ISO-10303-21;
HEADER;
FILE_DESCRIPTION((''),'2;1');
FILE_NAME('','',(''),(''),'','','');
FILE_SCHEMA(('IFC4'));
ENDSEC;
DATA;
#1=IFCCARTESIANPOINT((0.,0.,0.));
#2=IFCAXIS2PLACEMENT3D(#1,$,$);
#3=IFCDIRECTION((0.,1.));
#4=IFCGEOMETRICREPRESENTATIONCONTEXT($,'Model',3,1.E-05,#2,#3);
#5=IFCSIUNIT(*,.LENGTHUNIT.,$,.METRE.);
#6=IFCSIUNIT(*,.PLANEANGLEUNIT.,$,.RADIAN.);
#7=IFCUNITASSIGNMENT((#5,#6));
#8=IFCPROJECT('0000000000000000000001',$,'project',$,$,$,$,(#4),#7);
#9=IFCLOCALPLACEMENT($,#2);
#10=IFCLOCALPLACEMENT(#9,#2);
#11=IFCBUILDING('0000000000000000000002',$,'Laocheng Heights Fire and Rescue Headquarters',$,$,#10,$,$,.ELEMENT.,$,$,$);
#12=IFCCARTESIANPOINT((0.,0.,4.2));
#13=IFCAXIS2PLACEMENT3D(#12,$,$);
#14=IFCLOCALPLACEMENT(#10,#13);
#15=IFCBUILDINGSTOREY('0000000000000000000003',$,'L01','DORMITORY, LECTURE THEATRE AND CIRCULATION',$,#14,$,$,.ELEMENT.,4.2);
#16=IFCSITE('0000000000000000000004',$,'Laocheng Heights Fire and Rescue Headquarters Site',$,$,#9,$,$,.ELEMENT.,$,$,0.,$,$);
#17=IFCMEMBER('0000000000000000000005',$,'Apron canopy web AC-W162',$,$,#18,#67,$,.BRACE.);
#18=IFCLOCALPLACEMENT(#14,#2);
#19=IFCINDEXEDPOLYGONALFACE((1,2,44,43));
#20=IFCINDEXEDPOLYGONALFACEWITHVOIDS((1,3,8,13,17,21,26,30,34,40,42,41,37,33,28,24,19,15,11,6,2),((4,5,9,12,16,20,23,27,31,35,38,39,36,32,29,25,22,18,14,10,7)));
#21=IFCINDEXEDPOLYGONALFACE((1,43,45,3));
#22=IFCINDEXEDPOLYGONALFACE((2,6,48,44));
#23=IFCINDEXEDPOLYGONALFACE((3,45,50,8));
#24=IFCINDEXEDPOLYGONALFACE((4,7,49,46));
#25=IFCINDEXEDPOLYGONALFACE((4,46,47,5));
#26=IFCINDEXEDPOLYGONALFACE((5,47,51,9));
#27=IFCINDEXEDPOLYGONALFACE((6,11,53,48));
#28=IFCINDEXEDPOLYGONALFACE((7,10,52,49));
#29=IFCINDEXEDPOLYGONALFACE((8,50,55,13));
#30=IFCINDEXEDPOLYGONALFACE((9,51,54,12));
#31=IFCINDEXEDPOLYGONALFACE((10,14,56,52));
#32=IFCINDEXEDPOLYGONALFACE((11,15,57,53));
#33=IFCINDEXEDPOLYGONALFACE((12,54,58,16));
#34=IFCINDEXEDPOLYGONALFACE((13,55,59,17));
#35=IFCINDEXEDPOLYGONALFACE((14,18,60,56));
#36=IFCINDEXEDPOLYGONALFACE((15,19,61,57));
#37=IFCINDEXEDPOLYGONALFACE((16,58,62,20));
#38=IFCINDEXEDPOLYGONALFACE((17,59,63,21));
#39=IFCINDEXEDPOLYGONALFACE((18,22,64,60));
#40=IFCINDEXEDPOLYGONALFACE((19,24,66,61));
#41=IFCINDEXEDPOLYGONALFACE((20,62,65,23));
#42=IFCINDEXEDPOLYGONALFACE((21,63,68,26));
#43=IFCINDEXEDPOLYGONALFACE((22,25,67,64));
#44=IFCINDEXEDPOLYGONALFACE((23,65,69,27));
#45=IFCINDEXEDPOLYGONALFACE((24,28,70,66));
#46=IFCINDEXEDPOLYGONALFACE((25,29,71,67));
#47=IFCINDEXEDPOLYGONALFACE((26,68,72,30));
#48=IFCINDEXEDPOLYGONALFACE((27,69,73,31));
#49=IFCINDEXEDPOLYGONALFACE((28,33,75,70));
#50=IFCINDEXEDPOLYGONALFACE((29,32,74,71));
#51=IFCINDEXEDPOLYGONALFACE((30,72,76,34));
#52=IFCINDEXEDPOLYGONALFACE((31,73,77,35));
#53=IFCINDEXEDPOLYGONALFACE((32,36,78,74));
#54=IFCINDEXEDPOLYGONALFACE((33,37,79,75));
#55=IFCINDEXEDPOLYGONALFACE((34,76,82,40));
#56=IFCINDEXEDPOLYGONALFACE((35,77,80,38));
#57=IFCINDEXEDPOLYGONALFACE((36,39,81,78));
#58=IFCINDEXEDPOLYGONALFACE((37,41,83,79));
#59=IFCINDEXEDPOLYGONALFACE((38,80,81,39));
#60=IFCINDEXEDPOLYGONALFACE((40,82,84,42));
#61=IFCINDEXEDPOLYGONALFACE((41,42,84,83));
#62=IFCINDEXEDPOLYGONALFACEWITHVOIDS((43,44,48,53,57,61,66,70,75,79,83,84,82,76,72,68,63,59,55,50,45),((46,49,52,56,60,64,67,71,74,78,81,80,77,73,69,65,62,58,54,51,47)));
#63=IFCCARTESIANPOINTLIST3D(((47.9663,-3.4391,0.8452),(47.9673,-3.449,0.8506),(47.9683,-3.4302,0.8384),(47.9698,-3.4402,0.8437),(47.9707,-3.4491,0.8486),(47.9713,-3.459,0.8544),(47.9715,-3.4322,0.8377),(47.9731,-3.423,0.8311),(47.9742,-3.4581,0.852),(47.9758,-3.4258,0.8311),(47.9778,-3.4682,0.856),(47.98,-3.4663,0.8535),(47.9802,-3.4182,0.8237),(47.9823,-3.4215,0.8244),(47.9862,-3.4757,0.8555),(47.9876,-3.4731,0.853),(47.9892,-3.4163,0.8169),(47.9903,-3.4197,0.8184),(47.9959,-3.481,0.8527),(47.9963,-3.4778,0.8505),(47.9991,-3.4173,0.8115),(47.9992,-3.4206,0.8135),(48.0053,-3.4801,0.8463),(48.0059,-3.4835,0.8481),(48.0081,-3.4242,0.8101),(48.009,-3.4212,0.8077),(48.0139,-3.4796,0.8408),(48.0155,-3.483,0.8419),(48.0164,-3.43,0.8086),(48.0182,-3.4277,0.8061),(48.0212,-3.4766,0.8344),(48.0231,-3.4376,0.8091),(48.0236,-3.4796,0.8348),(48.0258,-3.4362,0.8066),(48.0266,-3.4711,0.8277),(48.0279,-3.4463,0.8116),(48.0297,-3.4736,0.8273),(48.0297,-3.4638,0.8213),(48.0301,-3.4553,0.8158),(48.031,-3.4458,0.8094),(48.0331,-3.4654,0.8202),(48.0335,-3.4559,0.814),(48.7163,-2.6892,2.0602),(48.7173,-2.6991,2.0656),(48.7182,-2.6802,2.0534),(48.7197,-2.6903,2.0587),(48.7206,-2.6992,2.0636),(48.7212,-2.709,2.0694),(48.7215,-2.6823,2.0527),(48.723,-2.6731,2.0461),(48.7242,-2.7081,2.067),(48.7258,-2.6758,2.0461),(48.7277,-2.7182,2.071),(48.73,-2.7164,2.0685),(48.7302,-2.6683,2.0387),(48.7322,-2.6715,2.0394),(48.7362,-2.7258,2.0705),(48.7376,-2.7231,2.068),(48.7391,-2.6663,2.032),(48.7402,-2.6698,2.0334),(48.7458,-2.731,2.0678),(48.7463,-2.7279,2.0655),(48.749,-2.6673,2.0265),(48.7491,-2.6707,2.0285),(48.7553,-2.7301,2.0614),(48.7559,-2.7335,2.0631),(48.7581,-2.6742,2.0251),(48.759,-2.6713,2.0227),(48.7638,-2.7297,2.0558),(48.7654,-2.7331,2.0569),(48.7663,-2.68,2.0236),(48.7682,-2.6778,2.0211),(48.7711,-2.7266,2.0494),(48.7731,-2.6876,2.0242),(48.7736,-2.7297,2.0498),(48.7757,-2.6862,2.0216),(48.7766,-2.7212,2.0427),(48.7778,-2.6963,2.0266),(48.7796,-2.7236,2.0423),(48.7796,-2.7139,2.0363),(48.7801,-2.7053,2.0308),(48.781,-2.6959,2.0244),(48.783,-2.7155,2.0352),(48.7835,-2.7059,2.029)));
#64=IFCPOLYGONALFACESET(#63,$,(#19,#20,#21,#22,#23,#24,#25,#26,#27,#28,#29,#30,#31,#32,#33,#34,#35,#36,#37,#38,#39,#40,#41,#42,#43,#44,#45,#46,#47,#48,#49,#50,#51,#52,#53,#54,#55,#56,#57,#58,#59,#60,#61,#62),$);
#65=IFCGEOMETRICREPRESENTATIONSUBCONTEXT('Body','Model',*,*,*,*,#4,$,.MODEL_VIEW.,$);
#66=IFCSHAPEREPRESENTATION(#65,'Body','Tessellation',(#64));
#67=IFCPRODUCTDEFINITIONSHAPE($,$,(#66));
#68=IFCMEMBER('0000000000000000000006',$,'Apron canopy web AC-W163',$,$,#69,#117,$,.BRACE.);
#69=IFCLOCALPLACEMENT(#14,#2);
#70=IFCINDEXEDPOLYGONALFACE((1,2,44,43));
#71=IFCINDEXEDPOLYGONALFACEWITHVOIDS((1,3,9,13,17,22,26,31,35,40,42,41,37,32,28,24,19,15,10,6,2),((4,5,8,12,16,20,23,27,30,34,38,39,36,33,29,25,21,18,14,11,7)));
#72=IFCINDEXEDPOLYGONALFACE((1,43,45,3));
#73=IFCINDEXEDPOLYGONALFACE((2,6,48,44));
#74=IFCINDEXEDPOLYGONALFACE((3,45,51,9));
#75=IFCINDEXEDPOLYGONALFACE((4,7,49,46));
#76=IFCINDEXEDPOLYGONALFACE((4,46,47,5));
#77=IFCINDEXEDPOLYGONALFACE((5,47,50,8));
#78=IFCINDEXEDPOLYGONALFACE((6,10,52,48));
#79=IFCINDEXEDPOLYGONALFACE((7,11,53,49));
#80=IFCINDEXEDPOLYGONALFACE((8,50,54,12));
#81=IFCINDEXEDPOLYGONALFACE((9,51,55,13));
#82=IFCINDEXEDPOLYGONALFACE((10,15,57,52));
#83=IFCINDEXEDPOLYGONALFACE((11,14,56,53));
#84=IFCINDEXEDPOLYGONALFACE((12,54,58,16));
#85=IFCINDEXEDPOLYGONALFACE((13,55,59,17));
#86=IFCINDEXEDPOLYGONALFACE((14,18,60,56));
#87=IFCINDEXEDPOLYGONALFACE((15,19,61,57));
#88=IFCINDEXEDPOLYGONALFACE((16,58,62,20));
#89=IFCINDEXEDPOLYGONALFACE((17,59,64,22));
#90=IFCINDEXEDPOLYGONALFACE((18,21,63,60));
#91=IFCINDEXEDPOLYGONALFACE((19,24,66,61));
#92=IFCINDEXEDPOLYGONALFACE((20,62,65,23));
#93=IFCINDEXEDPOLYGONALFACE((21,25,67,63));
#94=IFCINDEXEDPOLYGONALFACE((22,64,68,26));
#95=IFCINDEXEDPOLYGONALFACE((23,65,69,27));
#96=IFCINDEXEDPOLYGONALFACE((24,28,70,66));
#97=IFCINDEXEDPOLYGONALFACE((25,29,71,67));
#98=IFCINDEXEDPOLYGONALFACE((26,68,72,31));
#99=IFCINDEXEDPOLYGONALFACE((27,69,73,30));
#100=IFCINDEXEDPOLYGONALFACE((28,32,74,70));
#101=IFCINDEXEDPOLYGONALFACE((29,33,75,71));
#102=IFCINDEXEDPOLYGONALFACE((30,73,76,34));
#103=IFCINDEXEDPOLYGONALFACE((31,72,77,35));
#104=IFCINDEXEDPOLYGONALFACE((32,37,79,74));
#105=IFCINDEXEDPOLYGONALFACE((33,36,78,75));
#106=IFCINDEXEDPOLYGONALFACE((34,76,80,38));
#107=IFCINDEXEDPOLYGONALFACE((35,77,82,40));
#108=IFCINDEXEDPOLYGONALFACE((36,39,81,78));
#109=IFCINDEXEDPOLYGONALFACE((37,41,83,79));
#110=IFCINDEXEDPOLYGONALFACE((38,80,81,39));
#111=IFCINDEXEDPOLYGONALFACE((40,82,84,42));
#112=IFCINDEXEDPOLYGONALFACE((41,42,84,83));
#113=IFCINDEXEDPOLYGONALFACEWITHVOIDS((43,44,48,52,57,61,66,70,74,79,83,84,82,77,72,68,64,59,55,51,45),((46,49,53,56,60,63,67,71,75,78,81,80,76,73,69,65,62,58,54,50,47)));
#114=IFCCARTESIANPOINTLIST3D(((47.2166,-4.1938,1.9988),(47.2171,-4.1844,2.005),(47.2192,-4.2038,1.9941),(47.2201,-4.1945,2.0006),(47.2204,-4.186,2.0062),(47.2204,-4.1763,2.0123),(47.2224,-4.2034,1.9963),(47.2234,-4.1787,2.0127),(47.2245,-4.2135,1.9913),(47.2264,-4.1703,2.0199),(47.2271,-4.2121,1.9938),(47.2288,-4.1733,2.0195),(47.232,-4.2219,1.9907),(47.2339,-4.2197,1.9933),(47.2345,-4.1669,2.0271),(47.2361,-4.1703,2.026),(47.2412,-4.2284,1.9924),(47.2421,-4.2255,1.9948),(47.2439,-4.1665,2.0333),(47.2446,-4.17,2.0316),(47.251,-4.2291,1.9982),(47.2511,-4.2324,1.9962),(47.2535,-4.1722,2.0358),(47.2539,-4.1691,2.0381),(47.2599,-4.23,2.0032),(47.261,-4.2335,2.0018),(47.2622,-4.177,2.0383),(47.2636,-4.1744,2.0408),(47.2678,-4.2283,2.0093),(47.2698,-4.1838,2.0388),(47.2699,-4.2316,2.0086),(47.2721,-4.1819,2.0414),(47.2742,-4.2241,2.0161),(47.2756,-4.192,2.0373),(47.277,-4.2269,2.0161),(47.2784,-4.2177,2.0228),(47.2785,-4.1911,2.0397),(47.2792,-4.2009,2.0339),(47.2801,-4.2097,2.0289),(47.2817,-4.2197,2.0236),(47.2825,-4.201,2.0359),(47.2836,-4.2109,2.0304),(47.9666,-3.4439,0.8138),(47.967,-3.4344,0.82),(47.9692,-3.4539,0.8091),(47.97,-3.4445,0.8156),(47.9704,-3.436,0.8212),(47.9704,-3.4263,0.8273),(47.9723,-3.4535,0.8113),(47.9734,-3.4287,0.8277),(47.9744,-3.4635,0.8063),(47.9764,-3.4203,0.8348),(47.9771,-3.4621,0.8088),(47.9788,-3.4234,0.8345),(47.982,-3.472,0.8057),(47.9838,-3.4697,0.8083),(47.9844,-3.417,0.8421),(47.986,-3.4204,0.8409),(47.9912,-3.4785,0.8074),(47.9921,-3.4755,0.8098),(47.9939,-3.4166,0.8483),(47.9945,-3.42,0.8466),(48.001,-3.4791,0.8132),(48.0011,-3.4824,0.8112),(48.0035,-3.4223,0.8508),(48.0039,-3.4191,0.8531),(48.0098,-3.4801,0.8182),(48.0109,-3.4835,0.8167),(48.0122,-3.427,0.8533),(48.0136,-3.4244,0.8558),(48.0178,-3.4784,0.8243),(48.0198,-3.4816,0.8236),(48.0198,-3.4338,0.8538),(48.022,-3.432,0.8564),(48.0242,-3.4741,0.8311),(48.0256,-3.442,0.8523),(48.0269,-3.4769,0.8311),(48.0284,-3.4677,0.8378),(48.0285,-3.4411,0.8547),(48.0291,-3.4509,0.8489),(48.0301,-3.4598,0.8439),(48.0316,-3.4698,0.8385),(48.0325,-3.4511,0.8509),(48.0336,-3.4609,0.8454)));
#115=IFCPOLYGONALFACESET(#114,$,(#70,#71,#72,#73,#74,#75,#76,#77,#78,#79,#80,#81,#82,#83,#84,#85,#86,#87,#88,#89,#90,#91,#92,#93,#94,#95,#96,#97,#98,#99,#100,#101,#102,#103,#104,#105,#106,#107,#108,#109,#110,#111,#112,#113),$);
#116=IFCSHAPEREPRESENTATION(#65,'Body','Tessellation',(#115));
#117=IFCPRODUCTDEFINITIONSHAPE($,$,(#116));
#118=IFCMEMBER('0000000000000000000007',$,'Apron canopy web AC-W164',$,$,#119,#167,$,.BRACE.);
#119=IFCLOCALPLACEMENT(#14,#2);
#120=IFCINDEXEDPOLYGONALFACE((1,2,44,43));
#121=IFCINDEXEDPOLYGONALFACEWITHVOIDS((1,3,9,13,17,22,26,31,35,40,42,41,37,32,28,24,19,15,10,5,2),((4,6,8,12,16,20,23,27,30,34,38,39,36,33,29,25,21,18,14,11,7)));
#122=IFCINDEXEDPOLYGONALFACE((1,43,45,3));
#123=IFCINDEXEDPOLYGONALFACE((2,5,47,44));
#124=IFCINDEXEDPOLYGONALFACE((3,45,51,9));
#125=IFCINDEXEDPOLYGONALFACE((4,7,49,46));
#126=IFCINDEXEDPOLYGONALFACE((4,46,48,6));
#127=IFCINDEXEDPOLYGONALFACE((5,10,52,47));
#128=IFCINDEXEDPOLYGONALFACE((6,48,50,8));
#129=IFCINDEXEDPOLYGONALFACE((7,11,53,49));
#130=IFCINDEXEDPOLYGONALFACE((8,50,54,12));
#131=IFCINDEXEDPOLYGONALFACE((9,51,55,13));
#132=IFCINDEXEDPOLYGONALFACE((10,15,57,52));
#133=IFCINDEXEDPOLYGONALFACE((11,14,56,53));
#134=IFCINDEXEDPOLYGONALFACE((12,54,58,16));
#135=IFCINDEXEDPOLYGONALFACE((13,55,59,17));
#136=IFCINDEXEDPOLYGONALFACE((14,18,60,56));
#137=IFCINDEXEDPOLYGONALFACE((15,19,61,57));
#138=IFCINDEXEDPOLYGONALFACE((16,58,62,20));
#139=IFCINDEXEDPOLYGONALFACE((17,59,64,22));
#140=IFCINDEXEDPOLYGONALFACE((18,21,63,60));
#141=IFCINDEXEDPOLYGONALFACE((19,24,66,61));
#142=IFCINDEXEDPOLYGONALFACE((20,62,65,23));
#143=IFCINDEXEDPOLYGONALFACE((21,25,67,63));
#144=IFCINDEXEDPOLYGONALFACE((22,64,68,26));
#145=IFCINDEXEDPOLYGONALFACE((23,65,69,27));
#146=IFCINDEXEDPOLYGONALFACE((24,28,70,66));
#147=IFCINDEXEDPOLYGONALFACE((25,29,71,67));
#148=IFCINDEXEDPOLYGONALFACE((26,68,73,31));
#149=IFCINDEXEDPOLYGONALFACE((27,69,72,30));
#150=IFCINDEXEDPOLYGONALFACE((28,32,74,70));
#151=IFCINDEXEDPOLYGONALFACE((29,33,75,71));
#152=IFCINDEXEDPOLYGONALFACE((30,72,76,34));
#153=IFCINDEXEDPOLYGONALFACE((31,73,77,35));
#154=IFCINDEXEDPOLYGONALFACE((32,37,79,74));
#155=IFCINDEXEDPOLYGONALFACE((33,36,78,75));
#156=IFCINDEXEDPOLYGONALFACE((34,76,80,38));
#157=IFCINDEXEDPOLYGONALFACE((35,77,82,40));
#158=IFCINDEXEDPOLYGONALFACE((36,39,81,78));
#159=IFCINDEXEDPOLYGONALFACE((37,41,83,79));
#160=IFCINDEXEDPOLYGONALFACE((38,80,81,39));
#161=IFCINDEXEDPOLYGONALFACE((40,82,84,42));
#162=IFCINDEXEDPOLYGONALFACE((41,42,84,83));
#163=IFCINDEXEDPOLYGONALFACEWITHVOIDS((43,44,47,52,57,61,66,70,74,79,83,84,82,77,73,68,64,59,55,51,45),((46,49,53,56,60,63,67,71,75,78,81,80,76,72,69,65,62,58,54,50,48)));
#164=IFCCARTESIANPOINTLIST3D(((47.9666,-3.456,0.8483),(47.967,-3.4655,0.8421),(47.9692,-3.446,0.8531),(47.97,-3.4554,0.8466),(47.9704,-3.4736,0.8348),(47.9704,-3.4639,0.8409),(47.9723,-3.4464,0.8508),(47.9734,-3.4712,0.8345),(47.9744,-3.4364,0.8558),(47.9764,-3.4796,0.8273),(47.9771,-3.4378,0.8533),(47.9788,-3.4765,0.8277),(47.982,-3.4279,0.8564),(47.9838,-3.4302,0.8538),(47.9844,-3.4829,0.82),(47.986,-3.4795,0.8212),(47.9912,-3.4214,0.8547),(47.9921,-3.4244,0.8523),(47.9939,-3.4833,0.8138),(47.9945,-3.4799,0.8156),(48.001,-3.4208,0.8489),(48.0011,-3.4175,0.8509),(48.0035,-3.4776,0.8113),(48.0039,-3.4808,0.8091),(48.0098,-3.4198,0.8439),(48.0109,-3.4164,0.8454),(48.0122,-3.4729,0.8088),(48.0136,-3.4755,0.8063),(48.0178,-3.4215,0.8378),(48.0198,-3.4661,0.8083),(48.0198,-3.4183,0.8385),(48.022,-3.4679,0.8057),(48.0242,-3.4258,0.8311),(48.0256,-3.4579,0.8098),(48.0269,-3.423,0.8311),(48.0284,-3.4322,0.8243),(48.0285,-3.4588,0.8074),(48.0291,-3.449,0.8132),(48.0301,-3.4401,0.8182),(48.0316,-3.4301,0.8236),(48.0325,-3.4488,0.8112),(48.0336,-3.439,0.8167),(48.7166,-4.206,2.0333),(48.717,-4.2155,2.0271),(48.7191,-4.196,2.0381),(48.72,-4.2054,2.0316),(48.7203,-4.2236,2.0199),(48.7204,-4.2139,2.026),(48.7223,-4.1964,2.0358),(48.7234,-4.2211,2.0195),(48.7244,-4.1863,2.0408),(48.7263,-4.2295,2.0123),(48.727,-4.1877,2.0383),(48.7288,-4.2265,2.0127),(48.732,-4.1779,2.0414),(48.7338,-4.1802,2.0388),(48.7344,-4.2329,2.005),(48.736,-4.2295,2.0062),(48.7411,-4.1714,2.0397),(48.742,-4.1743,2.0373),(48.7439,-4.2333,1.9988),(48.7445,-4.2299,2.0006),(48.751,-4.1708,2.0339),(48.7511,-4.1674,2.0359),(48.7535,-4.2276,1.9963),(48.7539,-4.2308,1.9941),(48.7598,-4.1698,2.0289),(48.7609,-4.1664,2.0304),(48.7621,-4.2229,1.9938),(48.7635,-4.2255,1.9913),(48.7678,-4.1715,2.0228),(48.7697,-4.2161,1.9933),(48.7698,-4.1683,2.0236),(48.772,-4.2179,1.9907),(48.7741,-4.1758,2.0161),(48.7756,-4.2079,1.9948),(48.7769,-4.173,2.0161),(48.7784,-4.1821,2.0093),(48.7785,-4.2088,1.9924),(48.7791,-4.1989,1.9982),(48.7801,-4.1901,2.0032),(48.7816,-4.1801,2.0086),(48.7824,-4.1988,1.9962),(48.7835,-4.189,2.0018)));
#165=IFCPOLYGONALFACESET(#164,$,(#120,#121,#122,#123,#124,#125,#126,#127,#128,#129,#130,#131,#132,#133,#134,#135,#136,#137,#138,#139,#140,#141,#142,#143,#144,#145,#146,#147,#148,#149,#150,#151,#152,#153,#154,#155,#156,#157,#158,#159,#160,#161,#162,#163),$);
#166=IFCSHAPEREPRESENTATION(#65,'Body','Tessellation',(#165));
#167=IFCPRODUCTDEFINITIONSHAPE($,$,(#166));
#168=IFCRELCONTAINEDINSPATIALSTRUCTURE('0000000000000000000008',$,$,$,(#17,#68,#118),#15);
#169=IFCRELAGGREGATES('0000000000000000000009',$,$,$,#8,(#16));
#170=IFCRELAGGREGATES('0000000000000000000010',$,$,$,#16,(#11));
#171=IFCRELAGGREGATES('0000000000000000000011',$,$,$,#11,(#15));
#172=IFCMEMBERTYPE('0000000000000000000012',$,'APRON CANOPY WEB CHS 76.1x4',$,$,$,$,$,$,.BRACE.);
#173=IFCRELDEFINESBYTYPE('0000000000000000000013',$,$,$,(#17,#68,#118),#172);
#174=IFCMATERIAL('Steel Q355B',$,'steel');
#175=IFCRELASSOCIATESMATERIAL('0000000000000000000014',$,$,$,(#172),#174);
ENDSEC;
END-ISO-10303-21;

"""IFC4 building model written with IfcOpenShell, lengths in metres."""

from ifc_helpers import new_model, si_unit, direction, frame, origin, origin_2d, place, context, subcontext, project, spatial, hollow_circle, extrude, material, material_profile, profile_set, type_object, element, save


model = new_model("IFC4")

# Units and contexts
model_context = context("Model", 3, precision=1e-05, world=origin(), true_north=direction((0.0, 1.0)))
body_context = subcontext(model_context, "Body", "Model", "MODEL_VIEW")
ifc_project = project(units=[si_unit("LENGTHUNIT", "METRE"), si_unit("PLANEANGLEUNIT", "RADIAN")], contexts=[model_context])

# Site, building, storey
site_placement = place(None, origin())
site = spatial("IfcSite", under=ifc_project, at=site_placement, Name="Laocheng Heights Fire and Rescue Headquarters Site", CompositionType="ELEMENT", RefElevation=0.0)
building_placement = place(site_placement, origin())
building = spatial("IfcBuilding", under=site, at=building_placement, Name="Laocheng Heights Fire and Rescue Headquarters", CompositionType="ELEMENT")
storey_placement = place(building_placement, frame((0.0, 0.0, 4.2)))
storey = spatial("IfcBuildingStorey", under=building, at=storey_placement, Name="L01", Description="DORMITORY, LECTURE THEATRE AND CIRCULATION", CompositionType="ELEMENT", Elevation=4.2)

# Members
ifc_material_1 = material(Name="Steel Q355B", Category="steel")
ifc_material_profile_1 = material_profile(ifc_material_1, hollow_circle(Radius=0.0381, WallThickness=0.0039, at=origin_2d()), Name="CHS 76.1x4")
ifc_profile_set_1 = profile_set([ifc_material_profile_1], Name="Steel Q355B")
member_type_1 = type_object("IfcMemberType", Name="APRON CANOPY WEB CHS 76.1x4", PredefinedType="BRACE", material=ifc_profile_set_1)
for number, where, z_axis, x_axis, name in (
    (1, (48.0, -3.45, 0.8311), (0.465002, 0.465002, 0.753357), (-0.707107, 0.707107, 0.0), "Apron canopy web AC-W162"),
):
    element("IfcMember", number, at=place(storey_placement, frame(where, z_axis=z_axis, x_axis=x_axis)), inside=storey, type_object=member_type_1, Name=name, PredefinedType="BRACE", context=body_context, shape_type="SweptSolid", body=[
        extrude(hollow_circle(Radius=0.0381, WallThickness=0.0039, at=origin_2d()), origin(), (0.0, 0.0, 1.0), 1.6128),
    ])
for number, where, z_axis, x_axis, name in (
    (2, (48.0, -3.45, 0.8311), (-0.47158, -0.47158, 0.745134), (0.707107, -0.707107, 0.0), "Apron canopy web AC-W163"),
    (3, (48.0, -3.45, 0.8311), (0.47158, -0.47158, 0.745134), (0.707107, 0.707107, 0.0), "Apron canopy web AC-W164"),
):
    element("IfcMember", number, at=place(storey_placement, frame(where, z_axis=z_axis, x_axis=x_axis)), inside=storey, type_object=member_type_1, Name=name, PredefinedType="BRACE", context=body_context, shape_type="SweptSolid", body=[
        extrude(hollow_circle(Radius=0.0381, WallThickness=0.0039, at=origin_2d()), origin(), (0.0, 0.0, 1.0), 1.5903),
    ])

save(model, "model.ifc")
